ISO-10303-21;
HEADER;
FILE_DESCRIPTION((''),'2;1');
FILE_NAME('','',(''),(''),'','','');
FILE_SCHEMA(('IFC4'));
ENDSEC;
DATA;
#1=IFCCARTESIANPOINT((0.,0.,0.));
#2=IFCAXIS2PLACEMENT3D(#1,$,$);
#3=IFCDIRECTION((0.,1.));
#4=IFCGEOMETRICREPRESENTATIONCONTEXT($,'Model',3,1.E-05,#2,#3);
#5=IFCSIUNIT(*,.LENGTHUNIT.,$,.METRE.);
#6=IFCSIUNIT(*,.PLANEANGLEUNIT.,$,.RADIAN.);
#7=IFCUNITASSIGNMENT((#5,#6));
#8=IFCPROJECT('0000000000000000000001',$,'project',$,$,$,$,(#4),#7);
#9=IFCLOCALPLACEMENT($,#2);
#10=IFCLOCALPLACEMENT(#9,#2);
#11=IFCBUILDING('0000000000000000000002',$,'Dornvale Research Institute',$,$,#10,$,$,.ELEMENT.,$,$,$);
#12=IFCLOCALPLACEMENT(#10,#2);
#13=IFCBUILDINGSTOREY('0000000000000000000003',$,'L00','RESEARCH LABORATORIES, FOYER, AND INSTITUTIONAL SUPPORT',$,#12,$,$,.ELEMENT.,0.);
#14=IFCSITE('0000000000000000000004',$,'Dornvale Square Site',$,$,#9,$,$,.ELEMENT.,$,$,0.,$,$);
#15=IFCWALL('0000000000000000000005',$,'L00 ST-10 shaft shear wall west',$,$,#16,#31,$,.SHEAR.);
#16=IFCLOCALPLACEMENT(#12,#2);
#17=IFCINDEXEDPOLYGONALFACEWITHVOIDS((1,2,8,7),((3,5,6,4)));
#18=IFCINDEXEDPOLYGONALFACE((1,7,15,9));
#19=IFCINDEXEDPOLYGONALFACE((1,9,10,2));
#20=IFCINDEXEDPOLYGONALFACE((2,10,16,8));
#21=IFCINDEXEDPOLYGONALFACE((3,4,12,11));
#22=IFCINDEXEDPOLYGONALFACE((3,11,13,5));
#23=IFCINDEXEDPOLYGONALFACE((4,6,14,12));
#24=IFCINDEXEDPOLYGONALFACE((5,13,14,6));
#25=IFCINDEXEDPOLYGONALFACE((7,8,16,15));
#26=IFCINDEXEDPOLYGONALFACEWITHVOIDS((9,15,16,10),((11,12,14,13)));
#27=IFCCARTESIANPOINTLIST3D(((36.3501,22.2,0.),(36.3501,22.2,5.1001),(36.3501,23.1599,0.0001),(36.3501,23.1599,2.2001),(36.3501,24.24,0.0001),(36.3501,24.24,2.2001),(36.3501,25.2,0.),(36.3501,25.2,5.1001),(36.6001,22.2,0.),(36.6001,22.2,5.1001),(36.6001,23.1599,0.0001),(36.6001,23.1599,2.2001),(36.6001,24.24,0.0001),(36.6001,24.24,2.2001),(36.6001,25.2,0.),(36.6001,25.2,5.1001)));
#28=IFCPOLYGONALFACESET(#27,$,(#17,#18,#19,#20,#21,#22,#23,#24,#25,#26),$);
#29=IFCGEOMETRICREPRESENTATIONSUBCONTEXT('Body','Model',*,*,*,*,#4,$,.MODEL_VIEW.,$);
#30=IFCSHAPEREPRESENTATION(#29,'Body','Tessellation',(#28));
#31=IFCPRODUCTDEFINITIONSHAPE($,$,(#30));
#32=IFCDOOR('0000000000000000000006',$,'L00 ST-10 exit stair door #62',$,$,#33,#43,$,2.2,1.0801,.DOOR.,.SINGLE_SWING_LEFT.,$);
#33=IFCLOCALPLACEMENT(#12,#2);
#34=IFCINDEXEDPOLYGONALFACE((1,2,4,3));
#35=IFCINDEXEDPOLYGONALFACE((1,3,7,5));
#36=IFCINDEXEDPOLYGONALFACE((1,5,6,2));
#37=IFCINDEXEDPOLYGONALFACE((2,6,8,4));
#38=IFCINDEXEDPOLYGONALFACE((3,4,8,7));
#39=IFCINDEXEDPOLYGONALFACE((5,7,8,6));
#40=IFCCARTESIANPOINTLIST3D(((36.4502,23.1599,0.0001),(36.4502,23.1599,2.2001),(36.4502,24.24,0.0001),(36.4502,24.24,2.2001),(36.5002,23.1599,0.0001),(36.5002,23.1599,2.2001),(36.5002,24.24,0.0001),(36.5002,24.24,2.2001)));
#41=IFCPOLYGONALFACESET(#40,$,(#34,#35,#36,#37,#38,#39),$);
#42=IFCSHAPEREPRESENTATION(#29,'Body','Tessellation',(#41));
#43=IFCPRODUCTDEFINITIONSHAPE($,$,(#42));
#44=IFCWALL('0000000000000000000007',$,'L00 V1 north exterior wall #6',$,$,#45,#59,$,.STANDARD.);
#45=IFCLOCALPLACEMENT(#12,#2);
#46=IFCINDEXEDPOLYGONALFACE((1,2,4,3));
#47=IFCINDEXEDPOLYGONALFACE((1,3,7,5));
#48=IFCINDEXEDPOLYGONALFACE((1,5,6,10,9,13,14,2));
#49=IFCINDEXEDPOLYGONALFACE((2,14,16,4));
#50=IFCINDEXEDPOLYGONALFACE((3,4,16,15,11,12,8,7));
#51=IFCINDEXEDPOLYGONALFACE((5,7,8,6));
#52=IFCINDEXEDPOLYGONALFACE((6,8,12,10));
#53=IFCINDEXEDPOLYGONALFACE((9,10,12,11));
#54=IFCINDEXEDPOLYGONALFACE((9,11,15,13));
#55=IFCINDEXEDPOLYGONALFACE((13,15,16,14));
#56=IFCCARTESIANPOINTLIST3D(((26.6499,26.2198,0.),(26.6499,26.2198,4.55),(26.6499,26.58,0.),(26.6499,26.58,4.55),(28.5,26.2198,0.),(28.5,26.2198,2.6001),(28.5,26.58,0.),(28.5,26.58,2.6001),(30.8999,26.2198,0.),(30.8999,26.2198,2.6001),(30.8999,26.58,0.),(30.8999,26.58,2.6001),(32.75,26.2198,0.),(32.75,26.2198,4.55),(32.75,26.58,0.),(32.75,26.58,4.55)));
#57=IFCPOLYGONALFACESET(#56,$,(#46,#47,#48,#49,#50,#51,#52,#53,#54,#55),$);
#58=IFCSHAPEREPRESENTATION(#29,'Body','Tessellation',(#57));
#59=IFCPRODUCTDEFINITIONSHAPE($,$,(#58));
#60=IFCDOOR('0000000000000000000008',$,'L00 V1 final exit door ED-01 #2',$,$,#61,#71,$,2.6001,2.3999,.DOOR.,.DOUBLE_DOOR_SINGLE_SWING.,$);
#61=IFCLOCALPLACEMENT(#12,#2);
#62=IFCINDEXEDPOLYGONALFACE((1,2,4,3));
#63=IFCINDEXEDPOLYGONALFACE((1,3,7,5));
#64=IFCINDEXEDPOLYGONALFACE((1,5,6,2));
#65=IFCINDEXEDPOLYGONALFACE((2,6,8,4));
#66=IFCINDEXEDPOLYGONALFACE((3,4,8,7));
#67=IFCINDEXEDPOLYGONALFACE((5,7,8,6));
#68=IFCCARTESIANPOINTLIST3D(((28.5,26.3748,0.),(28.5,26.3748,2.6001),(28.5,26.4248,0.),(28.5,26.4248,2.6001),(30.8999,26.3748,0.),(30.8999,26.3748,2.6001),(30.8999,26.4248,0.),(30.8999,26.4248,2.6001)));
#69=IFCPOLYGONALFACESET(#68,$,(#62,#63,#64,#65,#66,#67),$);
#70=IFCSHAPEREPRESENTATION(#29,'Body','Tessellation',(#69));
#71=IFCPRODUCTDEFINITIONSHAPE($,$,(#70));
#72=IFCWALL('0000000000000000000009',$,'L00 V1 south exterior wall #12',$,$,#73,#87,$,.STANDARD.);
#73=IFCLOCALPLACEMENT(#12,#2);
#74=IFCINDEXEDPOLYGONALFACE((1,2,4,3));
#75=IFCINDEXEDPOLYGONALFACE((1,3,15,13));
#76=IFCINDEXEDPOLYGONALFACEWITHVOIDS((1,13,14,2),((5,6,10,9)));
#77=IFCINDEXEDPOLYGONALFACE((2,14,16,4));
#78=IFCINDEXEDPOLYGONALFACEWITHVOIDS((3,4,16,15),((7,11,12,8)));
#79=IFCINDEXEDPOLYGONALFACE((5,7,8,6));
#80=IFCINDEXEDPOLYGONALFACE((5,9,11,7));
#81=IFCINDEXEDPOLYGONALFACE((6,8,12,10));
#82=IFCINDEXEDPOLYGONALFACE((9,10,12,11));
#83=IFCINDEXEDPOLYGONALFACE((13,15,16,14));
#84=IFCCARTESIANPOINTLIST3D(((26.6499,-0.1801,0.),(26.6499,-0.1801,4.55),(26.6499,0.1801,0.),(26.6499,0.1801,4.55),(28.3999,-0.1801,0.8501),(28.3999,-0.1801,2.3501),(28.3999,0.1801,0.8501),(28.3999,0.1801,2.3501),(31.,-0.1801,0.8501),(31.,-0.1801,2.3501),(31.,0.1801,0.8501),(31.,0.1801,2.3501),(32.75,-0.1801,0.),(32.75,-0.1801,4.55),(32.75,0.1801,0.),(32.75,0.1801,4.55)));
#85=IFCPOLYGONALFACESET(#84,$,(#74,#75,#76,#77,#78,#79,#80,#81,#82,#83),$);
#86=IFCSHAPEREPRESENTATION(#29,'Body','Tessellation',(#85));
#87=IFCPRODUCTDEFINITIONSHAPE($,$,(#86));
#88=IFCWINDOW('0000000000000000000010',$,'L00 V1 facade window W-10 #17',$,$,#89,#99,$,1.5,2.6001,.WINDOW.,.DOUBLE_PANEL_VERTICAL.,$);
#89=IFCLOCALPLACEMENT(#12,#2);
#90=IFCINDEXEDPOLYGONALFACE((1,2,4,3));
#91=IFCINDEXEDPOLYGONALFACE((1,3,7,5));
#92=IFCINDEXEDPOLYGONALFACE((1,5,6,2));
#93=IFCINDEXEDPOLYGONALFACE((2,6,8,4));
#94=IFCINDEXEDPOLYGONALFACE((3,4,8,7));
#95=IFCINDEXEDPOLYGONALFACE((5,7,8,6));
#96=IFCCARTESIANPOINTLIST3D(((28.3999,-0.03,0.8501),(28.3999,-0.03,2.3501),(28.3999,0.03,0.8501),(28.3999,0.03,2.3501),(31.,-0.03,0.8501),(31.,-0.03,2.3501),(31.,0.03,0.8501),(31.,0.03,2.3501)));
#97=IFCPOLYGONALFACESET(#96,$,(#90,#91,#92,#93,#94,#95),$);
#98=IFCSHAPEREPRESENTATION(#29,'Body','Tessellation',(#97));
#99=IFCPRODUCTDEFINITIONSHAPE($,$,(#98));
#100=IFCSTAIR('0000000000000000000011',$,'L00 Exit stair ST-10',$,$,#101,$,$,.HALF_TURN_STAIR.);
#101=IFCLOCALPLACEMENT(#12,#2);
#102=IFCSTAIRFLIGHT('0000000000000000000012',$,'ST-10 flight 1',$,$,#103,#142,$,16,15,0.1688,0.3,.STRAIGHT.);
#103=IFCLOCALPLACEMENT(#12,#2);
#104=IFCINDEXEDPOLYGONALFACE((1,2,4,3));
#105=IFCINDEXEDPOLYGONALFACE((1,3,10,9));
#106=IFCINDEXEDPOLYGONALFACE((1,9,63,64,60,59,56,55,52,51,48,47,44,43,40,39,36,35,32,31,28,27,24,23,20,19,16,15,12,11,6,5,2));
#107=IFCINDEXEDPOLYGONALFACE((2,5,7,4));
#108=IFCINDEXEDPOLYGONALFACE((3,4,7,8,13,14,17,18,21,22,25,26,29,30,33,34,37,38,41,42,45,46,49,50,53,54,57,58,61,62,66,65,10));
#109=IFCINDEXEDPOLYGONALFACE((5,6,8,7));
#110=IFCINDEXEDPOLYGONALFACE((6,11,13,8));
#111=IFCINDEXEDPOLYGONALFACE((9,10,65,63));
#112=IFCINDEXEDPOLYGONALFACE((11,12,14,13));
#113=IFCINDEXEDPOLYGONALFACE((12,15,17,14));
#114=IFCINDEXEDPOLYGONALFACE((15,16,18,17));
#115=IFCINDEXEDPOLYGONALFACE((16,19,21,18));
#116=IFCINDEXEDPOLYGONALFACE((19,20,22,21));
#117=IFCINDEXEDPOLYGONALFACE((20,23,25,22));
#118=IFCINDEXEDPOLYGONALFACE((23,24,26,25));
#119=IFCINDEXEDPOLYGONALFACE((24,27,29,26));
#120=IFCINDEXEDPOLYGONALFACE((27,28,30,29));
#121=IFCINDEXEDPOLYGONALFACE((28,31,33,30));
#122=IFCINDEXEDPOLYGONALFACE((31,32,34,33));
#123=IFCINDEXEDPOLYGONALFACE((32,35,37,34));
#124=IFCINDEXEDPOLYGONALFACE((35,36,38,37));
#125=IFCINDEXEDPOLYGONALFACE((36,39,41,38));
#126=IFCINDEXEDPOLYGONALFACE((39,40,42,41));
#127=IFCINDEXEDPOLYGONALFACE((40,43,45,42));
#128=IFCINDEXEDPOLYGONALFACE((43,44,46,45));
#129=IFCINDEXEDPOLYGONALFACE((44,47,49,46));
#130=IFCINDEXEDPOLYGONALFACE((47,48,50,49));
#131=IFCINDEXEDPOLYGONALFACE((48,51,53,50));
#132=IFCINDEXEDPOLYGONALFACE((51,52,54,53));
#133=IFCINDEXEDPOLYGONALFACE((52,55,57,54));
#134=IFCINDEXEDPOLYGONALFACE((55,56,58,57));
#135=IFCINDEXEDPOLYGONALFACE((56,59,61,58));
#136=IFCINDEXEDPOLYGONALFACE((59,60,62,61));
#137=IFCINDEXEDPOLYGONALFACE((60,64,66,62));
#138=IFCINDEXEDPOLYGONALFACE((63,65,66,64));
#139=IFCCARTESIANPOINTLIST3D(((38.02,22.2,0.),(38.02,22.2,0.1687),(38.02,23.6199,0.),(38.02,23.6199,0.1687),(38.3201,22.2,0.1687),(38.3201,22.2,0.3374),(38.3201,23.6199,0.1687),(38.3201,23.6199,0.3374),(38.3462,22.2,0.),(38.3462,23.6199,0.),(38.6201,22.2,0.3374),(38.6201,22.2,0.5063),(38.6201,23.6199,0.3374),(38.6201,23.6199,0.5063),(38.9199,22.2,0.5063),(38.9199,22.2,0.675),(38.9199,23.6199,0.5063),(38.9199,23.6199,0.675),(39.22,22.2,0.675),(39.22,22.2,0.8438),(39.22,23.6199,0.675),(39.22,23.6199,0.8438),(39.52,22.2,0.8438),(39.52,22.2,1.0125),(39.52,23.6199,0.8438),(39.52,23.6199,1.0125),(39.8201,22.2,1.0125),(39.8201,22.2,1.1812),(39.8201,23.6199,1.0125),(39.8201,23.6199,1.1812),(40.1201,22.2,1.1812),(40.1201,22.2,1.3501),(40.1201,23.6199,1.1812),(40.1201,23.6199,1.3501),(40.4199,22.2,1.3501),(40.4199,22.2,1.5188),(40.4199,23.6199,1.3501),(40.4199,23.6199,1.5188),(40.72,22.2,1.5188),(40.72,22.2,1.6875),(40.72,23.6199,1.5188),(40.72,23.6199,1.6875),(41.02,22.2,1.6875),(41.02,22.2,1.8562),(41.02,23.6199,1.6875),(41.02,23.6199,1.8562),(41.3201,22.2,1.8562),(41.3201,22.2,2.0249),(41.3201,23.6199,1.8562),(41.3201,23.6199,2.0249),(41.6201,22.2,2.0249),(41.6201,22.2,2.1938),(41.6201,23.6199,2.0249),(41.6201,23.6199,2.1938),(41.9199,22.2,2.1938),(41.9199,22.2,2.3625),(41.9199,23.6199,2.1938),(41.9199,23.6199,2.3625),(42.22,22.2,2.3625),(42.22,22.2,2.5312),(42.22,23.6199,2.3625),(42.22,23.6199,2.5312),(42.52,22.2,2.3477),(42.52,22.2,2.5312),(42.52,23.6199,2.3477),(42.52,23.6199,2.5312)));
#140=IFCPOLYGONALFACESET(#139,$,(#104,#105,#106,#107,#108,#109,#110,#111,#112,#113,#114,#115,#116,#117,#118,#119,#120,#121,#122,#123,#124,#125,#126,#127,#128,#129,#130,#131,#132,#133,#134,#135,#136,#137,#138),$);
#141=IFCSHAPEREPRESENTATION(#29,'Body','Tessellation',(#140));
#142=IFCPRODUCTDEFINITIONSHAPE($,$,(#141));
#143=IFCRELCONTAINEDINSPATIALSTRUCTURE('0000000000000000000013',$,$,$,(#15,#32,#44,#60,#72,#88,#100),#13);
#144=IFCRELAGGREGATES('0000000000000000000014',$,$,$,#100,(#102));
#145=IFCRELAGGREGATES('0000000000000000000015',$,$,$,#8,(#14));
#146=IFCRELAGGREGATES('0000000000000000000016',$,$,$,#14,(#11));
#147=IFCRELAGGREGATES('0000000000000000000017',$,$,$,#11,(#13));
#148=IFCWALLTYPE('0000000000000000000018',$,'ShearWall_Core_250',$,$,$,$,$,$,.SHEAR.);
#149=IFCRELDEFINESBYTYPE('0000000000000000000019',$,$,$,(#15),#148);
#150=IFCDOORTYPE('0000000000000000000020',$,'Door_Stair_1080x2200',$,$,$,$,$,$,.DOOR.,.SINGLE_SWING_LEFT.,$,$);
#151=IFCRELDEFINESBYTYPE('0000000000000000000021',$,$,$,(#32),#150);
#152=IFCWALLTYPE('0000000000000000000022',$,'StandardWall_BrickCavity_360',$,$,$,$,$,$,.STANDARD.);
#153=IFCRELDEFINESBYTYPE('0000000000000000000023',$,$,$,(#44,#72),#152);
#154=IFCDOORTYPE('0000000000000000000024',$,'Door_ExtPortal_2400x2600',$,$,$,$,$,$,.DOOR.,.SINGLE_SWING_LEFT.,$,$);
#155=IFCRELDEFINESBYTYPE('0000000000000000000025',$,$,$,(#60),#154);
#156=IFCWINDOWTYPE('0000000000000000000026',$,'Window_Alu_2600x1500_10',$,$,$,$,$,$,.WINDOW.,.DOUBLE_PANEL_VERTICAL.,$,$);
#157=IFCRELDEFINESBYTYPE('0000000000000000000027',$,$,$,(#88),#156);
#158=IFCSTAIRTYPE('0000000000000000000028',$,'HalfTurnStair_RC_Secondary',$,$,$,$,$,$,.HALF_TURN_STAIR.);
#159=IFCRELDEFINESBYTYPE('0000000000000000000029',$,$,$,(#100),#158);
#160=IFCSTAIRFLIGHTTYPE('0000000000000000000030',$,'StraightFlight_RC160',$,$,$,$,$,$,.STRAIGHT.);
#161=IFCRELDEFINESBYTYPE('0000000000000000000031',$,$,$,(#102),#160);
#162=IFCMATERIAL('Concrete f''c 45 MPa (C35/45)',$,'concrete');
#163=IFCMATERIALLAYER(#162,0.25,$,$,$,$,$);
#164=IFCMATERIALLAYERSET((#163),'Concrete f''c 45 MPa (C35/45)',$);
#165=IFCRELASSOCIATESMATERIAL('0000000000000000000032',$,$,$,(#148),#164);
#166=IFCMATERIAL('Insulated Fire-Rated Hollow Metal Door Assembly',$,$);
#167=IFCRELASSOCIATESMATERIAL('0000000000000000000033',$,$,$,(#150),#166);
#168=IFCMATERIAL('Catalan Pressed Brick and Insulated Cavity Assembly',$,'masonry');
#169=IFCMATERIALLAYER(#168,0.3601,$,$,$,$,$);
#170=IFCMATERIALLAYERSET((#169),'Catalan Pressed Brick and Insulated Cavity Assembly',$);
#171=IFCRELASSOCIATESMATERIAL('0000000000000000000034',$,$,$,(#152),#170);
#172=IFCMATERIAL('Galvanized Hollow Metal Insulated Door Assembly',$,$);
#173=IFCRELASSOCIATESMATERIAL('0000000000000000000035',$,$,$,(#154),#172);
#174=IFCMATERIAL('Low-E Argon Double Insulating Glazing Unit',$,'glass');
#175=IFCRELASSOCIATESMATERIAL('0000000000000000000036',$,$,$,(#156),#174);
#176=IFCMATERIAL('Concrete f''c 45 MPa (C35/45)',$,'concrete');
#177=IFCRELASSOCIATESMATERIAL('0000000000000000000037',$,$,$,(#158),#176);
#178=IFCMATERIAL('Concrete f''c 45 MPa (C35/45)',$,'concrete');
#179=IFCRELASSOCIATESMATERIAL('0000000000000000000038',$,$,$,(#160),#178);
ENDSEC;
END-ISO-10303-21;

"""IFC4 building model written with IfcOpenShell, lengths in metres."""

from ifc_helpers import new_model, si_unit, direction, frame, frame_2d, origin, place, context, subcontext, project, spatial, polyline, rectangle, outline, extrude, material, layer, layer_set, type_object, element, fill, aggregate, save


model = new_model("IFC4")

# Units and contexts
model_context = context("Model", 3, precision=1e-05, world=origin(), true_north=direction((0.0, 1.0)))
body_context = subcontext(model_context, "Body", "Model", "MODEL_VIEW")
ifc_project = project(units=[si_unit("LENGTHUNIT", "METRE"), si_unit("PLANEANGLEUNIT", "RADIAN")], contexts=[model_context])

# Site, building, storey
site_placement = place(None, origin())
site = spatial("IfcSite", under=ifc_project, at=site_placement, Name="Dornvale Square Site", CompositionType="ELEMENT", RefElevation=0.0)
building_placement = place(site_placement, origin())
building = spatial("IfcBuilding", under=site, at=building_placement, Name="Dornvale Research Institute", CompositionType="ELEMENT")
storey_placement = place(building_placement, origin())
storey = spatial("IfcBuildingStorey", under=building, at=storey_placement, Name="L00", Description="RESEARCH LABORATORIES, FOYER, AND INSTITUTIONAL SUPPORT", CompositionType="ELEMENT", Elevation=0.0)

# Shared definitions
ifc_material_1 = material(Name="Concrete f'c 45 MPa (C35/45)", Category="concrete")
ifc_layer_1 = layer(ifc_material_1, 0.25)
ifc_layer_set_1 = layer_set([ifc_layer_1], Name="Concrete f'c 45 MPa (C35/45)")
wall_type_1 = type_object("IfcWallType", Name="ShearWall_Core_250", PredefinedType="SHEAR", material=ifc_layer_set_1)

# Walls, openings, doors
wall_1_placement = place(storey_placement, frame((36.4751, 22.2, 0.0), z_axis=(0.0, 0.0, 1.0), x_axis=(0.0, 1.0, 0.0)))
wall_1 = element("IfcWall", 1, at=wall_1_placement, inside=storey, type_object=wall_type_1, Name="L00 ST-10 shaft shear wall west", PredefinedType="SHEAR", context=body_context, shape_type="SweptSolid", body=[
    extrude(rectangle(XDim=3.0, YDim=0.25, at=frame_2d((1.5, 0.0))), origin(), (0.0, 0.0, 1.0), 5.1001),
])
opening_1_placement = place(wall_1_placement, frame((0.96, 0.0, 0.0)))
opening_1 = element("IfcOpeningElement", 2, at=opening_1_placement, cuts=wall_1, PredefinedType="OPENING", context=body_context, shape_type="SweptSolid", body=[
    extrude(rectangle(XDim=1.0801, YDim=2.2, at=frame_2d((0.54, 1.1001))), frame((0.0, 0.1399, 0.0), z_axis=(0.0, -1.0, 0.0), x_axis=(1.0, 0.0, 0.0)), (0.0, 0.0, 1.0), 0.28),
])
ifc_material_2 = material(Name="Insulated Fire-Rated Hollow Metal Door Assembly")
door_type_1 = type_object("IfcDoorType", Name="Door_Stair_1080x2200", OperationType="SINGLE_SWING_LEFT", PredefinedType="DOOR", material=ifc_material_2)
door_1_placement = place(opening_1_placement, origin())
door_1 = element("IfcDoor", 3, at=door_1_placement, inside=storey, type_object=door_type_1, Name="L00 ST-10 exit stair door #62", OperationType="SINGLE_SWING_LEFT", OverallHeight=2.2, OverallWidth=1.0801, PredefinedType="DOOR", context=body_context, shape_type="SweptSolid", body=[
    extrude(rectangle(XDim=1.0801, YDim=2.2, at=frame_2d((0.54, 1.1001))), frame((0.0, 0.0249, 0.0), z_axis=(0.0, -1.0, 0.0), x_axis=(1.0, 0.0, 0.0)), (0.0, 0.0, 1.0), 0.05),
])
fill(opening_1, door_1)
ifc_material_3 = material(Name="Catalan Pressed Brick and Insulated Cavity Assembly", Category="masonry")
ifc_layer_2 = layer(ifc_material_3, 0.3601)
ifc_layer_set_2 = layer_set([ifc_layer_2], Name="Catalan Pressed Brick and Insulated Cavity Assembly")
wall_type_2 = type_object("IfcWallType", Name="StandardWall_BrickCavity_360", PredefinedType="STANDARD", material=ifc_layer_set_2)
wall_2_placement = place(storey_placement, frame((26.6499, 26.3999, 0.0), z_axis=(0.0, 0.0, 1.0), x_axis=(1.0, 0.0, 0.0)))
wall_2 = element("IfcWall", 4, at=wall_2_placement, inside=storey, type_object=wall_type_2, Name="L00 V1 north exterior wall #6", PredefinedType="STANDARD", context=body_context, shape_type="SweptSolid", body=[
    extrude(rectangle(XDim=6.1001, YDim=0.3601, at=frame_2d((3.05, 0.0))), origin(), (0.0, 0.0, 1.0), 4.55),
])
opening_2_placement = place(wall_2_placement, frame((1.8501, 0.0, 0.0)))
opening_2 = element("IfcOpeningElement", 5, at=opening_2_placement, cuts=wall_2, PredefinedType="OPENING", context=body_context, shape_type="SweptSolid", body=[
    extrude(rectangle(XDim=2.3999, YDim=2.6001, at=frame_2d((1.2, 1.3))), frame((0.0, 0.1951, 0.0), z_axis=(0.0, -1.0, 0.0), x_axis=(1.0, 0.0, 0.0)), (0.0, 0.0, 1.0), 0.3901),
])
ifc_material_4 = material(Name="Galvanized Hollow Metal Insulated Door Assembly")
door_type_2 = type_object("IfcDoorType", Name="Door_ExtPortal_2400x2600", OperationType="SINGLE_SWING_LEFT", PredefinedType="DOOR", material=ifc_material_4)
door_2_placement = place(opening_2_placement, origin())
door_2 = element("IfcDoor", 6, at=door_2_placement, inside=storey, type_object=door_type_2, Name="L00 V1 final exit door ED-01 #2", OperationType="DOUBLE_DOOR_SINGLE_SWING", OverallHeight=2.6001, OverallWidth=2.3999, PredefinedType="DOOR", context=body_context, shape_type="SweptSolid", body=[
    extrude(rectangle(XDim=2.3999, YDim=2.6001, at=frame_2d((1.2, 1.3))), frame((0.0, 0.0249, 0.0), z_axis=(0.0, -1.0, 0.0), x_axis=(1.0, 0.0, 0.0)), (0.0, 0.0, 1.0), 0.05),
])
fill(opening_2, door_2)

# Wall, opening, window
wall_3_placement = place(storey_placement, frame((32.75, 0.0, 0.0), z_axis=(0.0, 0.0, 1.0), x_axis=(-1.0, 0.0, 0.0)))
wall_3 = element("IfcWall", 7, at=wall_3_placement, inside=storey, type_object=wall_type_2, Name="L00 V1 south exterior wall #12", PredefinedType="STANDARD", context=body_context, shape_type="SweptSolid", body=[
    extrude(rectangle(XDim=6.1001, YDim=0.3601, at=frame_2d((3.05, 0.0))), origin(), (0.0, 0.0, 1.0), 4.55),
])
opening_3_placement = place(wall_3_placement, frame((1.75, 0.0, 0.8501)))
opening_3 = element("IfcOpeningElement", 8, at=opening_3_placement, cuts=wall_3, PredefinedType="OPENING", context=body_context, shape_type="SweptSolid", body=[
    extrude(rectangle(XDim=2.6001, YDim=1.5, at=frame_2d((1.3, 0.75))), frame((0.0, 0.1951, 0.0), z_axis=(0.0, -1.0, 0.0), x_axis=(1.0, 0.0, 0.0)), (0.0, 0.0, 1.0), 0.3901),
])
ifc_material_5 = material(Name="Low-E Argon Double Insulating Glazing Unit", Category="glass")
window_type = type_object("IfcWindowType", Name="Window_Alu_2600x1500_10", PartitioningType="DOUBLE_PANEL_VERTICAL", PredefinedType="WINDOW", material=ifc_material_5)
window_placement = place(opening_3_placement, origin())
window = element("IfcWindow", 9, at=window_placement, inside=storey, type_object=window_type, Name="L00 V1 facade window W-10 #17", OverallHeight=1.5, OverallWidth=2.6001, PartitioningType="DOUBLE_PANEL_VERTICAL", PredefinedType="WINDOW", context=body_context, shape_type="SweptSolid", body=[
    extrude(rectangle(XDim=2.6001, YDim=1.5, at=frame_2d((1.3, 0.75))), frame((0.0, 0.03, 0.0), z_axis=(0.0, -1.0, 0.0), x_axis=(1.0, 0.0, 0.0)), (0.0, 0.0, 1.0), 0.0601),
])
fill(opening_3, window)

# Stair, stair flight
ifc_material_6 = material(Name="Concrete f'c 45 MPa (C35/45)", Category="concrete")
stair_type = type_object("IfcStairType", Name="HalfTurnStair_RC_Secondary", PredefinedType="HALF_TURN_STAIR", material=ifc_material_6)
stair_placement = place(storey_placement, origin())
stair = element("IfcStair", 10, at=stair_placement, inside=storey, type_object=stair_type, Name="L00 Exit stair ST-10", PredefinedType="HALF_TURN_STAIR")
ifc_material_7 = material(Name="Concrete f'c 45 MPa (C35/45)", Category="concrete")
stair_flight_type = type_object("IfcStairFlightType", Name="StraightFlight_RC160", PredefinedType="STRAIGHT", material=ifc_material_7)
stair_flight_placement = place(storey_placement, frame((38.02, 22.9099, 0.0), z_axis=(0.0, 0.0, 1.0), x_axis=(1.0, 0.0, 0.0)))
stair_flight = element("IfcStairFlight", 11, at=stair_flight_placement, type_object=stair_flight_type, Name="ST-10 flight 1", NumberOfRisers=16, NumberOfTreads=15, PredefinedType="STRAIGHT", RiserHeight=0.1688, TreadLength=0.3, context=body_context, shape_type="SweptSolid", body=[
    extrude(outline(polyline([(0.0, 0.0), (0.0, 0.1687), (0.3, 0.1687), (0.3, 0.3374), (0.6001, 0.3374), (0.6001, 0.5063), (0.8999, 0.5063), (0.8999, 0.675), (1.2, 0.675), (1.2, 0.8438), (1.5, 0.8438), (1.5, 1.0125), (1.8, 1.0125), (1.8, 1.1812), (2.1001, 1.1812), (2.1001, 1.3501), (2.3999, 1.3501), (2.3999, 1.5188), (2.7, 1.5188), (2.7, 1.6875), (3.0, 1.6875), (3.0, 1.8562), (3.3, 1.8562), (3.3, 2.0249), (3.6001, 2.0249), (3.6001, 2.1938), (3.8999, 2.1938), (3.8999, 2.3625), (4.2, 2.3625), (4.2, 2.5312), (4.5, 2.5312), (4.5, 2.7), (4.5, 2.3477), (0.3262, 0.0), (0.0, 0.0)])), frame((0.0, 0.71, 0.0), z_axis=(0.0, -1.0, 0.0), x_axis=(1.0, 0.0, 0.0)), (0.0, 0.0, 1.0), 1.4199),
])
aggregate(stair, [stair_flight])

save(model, "model.ifc")
